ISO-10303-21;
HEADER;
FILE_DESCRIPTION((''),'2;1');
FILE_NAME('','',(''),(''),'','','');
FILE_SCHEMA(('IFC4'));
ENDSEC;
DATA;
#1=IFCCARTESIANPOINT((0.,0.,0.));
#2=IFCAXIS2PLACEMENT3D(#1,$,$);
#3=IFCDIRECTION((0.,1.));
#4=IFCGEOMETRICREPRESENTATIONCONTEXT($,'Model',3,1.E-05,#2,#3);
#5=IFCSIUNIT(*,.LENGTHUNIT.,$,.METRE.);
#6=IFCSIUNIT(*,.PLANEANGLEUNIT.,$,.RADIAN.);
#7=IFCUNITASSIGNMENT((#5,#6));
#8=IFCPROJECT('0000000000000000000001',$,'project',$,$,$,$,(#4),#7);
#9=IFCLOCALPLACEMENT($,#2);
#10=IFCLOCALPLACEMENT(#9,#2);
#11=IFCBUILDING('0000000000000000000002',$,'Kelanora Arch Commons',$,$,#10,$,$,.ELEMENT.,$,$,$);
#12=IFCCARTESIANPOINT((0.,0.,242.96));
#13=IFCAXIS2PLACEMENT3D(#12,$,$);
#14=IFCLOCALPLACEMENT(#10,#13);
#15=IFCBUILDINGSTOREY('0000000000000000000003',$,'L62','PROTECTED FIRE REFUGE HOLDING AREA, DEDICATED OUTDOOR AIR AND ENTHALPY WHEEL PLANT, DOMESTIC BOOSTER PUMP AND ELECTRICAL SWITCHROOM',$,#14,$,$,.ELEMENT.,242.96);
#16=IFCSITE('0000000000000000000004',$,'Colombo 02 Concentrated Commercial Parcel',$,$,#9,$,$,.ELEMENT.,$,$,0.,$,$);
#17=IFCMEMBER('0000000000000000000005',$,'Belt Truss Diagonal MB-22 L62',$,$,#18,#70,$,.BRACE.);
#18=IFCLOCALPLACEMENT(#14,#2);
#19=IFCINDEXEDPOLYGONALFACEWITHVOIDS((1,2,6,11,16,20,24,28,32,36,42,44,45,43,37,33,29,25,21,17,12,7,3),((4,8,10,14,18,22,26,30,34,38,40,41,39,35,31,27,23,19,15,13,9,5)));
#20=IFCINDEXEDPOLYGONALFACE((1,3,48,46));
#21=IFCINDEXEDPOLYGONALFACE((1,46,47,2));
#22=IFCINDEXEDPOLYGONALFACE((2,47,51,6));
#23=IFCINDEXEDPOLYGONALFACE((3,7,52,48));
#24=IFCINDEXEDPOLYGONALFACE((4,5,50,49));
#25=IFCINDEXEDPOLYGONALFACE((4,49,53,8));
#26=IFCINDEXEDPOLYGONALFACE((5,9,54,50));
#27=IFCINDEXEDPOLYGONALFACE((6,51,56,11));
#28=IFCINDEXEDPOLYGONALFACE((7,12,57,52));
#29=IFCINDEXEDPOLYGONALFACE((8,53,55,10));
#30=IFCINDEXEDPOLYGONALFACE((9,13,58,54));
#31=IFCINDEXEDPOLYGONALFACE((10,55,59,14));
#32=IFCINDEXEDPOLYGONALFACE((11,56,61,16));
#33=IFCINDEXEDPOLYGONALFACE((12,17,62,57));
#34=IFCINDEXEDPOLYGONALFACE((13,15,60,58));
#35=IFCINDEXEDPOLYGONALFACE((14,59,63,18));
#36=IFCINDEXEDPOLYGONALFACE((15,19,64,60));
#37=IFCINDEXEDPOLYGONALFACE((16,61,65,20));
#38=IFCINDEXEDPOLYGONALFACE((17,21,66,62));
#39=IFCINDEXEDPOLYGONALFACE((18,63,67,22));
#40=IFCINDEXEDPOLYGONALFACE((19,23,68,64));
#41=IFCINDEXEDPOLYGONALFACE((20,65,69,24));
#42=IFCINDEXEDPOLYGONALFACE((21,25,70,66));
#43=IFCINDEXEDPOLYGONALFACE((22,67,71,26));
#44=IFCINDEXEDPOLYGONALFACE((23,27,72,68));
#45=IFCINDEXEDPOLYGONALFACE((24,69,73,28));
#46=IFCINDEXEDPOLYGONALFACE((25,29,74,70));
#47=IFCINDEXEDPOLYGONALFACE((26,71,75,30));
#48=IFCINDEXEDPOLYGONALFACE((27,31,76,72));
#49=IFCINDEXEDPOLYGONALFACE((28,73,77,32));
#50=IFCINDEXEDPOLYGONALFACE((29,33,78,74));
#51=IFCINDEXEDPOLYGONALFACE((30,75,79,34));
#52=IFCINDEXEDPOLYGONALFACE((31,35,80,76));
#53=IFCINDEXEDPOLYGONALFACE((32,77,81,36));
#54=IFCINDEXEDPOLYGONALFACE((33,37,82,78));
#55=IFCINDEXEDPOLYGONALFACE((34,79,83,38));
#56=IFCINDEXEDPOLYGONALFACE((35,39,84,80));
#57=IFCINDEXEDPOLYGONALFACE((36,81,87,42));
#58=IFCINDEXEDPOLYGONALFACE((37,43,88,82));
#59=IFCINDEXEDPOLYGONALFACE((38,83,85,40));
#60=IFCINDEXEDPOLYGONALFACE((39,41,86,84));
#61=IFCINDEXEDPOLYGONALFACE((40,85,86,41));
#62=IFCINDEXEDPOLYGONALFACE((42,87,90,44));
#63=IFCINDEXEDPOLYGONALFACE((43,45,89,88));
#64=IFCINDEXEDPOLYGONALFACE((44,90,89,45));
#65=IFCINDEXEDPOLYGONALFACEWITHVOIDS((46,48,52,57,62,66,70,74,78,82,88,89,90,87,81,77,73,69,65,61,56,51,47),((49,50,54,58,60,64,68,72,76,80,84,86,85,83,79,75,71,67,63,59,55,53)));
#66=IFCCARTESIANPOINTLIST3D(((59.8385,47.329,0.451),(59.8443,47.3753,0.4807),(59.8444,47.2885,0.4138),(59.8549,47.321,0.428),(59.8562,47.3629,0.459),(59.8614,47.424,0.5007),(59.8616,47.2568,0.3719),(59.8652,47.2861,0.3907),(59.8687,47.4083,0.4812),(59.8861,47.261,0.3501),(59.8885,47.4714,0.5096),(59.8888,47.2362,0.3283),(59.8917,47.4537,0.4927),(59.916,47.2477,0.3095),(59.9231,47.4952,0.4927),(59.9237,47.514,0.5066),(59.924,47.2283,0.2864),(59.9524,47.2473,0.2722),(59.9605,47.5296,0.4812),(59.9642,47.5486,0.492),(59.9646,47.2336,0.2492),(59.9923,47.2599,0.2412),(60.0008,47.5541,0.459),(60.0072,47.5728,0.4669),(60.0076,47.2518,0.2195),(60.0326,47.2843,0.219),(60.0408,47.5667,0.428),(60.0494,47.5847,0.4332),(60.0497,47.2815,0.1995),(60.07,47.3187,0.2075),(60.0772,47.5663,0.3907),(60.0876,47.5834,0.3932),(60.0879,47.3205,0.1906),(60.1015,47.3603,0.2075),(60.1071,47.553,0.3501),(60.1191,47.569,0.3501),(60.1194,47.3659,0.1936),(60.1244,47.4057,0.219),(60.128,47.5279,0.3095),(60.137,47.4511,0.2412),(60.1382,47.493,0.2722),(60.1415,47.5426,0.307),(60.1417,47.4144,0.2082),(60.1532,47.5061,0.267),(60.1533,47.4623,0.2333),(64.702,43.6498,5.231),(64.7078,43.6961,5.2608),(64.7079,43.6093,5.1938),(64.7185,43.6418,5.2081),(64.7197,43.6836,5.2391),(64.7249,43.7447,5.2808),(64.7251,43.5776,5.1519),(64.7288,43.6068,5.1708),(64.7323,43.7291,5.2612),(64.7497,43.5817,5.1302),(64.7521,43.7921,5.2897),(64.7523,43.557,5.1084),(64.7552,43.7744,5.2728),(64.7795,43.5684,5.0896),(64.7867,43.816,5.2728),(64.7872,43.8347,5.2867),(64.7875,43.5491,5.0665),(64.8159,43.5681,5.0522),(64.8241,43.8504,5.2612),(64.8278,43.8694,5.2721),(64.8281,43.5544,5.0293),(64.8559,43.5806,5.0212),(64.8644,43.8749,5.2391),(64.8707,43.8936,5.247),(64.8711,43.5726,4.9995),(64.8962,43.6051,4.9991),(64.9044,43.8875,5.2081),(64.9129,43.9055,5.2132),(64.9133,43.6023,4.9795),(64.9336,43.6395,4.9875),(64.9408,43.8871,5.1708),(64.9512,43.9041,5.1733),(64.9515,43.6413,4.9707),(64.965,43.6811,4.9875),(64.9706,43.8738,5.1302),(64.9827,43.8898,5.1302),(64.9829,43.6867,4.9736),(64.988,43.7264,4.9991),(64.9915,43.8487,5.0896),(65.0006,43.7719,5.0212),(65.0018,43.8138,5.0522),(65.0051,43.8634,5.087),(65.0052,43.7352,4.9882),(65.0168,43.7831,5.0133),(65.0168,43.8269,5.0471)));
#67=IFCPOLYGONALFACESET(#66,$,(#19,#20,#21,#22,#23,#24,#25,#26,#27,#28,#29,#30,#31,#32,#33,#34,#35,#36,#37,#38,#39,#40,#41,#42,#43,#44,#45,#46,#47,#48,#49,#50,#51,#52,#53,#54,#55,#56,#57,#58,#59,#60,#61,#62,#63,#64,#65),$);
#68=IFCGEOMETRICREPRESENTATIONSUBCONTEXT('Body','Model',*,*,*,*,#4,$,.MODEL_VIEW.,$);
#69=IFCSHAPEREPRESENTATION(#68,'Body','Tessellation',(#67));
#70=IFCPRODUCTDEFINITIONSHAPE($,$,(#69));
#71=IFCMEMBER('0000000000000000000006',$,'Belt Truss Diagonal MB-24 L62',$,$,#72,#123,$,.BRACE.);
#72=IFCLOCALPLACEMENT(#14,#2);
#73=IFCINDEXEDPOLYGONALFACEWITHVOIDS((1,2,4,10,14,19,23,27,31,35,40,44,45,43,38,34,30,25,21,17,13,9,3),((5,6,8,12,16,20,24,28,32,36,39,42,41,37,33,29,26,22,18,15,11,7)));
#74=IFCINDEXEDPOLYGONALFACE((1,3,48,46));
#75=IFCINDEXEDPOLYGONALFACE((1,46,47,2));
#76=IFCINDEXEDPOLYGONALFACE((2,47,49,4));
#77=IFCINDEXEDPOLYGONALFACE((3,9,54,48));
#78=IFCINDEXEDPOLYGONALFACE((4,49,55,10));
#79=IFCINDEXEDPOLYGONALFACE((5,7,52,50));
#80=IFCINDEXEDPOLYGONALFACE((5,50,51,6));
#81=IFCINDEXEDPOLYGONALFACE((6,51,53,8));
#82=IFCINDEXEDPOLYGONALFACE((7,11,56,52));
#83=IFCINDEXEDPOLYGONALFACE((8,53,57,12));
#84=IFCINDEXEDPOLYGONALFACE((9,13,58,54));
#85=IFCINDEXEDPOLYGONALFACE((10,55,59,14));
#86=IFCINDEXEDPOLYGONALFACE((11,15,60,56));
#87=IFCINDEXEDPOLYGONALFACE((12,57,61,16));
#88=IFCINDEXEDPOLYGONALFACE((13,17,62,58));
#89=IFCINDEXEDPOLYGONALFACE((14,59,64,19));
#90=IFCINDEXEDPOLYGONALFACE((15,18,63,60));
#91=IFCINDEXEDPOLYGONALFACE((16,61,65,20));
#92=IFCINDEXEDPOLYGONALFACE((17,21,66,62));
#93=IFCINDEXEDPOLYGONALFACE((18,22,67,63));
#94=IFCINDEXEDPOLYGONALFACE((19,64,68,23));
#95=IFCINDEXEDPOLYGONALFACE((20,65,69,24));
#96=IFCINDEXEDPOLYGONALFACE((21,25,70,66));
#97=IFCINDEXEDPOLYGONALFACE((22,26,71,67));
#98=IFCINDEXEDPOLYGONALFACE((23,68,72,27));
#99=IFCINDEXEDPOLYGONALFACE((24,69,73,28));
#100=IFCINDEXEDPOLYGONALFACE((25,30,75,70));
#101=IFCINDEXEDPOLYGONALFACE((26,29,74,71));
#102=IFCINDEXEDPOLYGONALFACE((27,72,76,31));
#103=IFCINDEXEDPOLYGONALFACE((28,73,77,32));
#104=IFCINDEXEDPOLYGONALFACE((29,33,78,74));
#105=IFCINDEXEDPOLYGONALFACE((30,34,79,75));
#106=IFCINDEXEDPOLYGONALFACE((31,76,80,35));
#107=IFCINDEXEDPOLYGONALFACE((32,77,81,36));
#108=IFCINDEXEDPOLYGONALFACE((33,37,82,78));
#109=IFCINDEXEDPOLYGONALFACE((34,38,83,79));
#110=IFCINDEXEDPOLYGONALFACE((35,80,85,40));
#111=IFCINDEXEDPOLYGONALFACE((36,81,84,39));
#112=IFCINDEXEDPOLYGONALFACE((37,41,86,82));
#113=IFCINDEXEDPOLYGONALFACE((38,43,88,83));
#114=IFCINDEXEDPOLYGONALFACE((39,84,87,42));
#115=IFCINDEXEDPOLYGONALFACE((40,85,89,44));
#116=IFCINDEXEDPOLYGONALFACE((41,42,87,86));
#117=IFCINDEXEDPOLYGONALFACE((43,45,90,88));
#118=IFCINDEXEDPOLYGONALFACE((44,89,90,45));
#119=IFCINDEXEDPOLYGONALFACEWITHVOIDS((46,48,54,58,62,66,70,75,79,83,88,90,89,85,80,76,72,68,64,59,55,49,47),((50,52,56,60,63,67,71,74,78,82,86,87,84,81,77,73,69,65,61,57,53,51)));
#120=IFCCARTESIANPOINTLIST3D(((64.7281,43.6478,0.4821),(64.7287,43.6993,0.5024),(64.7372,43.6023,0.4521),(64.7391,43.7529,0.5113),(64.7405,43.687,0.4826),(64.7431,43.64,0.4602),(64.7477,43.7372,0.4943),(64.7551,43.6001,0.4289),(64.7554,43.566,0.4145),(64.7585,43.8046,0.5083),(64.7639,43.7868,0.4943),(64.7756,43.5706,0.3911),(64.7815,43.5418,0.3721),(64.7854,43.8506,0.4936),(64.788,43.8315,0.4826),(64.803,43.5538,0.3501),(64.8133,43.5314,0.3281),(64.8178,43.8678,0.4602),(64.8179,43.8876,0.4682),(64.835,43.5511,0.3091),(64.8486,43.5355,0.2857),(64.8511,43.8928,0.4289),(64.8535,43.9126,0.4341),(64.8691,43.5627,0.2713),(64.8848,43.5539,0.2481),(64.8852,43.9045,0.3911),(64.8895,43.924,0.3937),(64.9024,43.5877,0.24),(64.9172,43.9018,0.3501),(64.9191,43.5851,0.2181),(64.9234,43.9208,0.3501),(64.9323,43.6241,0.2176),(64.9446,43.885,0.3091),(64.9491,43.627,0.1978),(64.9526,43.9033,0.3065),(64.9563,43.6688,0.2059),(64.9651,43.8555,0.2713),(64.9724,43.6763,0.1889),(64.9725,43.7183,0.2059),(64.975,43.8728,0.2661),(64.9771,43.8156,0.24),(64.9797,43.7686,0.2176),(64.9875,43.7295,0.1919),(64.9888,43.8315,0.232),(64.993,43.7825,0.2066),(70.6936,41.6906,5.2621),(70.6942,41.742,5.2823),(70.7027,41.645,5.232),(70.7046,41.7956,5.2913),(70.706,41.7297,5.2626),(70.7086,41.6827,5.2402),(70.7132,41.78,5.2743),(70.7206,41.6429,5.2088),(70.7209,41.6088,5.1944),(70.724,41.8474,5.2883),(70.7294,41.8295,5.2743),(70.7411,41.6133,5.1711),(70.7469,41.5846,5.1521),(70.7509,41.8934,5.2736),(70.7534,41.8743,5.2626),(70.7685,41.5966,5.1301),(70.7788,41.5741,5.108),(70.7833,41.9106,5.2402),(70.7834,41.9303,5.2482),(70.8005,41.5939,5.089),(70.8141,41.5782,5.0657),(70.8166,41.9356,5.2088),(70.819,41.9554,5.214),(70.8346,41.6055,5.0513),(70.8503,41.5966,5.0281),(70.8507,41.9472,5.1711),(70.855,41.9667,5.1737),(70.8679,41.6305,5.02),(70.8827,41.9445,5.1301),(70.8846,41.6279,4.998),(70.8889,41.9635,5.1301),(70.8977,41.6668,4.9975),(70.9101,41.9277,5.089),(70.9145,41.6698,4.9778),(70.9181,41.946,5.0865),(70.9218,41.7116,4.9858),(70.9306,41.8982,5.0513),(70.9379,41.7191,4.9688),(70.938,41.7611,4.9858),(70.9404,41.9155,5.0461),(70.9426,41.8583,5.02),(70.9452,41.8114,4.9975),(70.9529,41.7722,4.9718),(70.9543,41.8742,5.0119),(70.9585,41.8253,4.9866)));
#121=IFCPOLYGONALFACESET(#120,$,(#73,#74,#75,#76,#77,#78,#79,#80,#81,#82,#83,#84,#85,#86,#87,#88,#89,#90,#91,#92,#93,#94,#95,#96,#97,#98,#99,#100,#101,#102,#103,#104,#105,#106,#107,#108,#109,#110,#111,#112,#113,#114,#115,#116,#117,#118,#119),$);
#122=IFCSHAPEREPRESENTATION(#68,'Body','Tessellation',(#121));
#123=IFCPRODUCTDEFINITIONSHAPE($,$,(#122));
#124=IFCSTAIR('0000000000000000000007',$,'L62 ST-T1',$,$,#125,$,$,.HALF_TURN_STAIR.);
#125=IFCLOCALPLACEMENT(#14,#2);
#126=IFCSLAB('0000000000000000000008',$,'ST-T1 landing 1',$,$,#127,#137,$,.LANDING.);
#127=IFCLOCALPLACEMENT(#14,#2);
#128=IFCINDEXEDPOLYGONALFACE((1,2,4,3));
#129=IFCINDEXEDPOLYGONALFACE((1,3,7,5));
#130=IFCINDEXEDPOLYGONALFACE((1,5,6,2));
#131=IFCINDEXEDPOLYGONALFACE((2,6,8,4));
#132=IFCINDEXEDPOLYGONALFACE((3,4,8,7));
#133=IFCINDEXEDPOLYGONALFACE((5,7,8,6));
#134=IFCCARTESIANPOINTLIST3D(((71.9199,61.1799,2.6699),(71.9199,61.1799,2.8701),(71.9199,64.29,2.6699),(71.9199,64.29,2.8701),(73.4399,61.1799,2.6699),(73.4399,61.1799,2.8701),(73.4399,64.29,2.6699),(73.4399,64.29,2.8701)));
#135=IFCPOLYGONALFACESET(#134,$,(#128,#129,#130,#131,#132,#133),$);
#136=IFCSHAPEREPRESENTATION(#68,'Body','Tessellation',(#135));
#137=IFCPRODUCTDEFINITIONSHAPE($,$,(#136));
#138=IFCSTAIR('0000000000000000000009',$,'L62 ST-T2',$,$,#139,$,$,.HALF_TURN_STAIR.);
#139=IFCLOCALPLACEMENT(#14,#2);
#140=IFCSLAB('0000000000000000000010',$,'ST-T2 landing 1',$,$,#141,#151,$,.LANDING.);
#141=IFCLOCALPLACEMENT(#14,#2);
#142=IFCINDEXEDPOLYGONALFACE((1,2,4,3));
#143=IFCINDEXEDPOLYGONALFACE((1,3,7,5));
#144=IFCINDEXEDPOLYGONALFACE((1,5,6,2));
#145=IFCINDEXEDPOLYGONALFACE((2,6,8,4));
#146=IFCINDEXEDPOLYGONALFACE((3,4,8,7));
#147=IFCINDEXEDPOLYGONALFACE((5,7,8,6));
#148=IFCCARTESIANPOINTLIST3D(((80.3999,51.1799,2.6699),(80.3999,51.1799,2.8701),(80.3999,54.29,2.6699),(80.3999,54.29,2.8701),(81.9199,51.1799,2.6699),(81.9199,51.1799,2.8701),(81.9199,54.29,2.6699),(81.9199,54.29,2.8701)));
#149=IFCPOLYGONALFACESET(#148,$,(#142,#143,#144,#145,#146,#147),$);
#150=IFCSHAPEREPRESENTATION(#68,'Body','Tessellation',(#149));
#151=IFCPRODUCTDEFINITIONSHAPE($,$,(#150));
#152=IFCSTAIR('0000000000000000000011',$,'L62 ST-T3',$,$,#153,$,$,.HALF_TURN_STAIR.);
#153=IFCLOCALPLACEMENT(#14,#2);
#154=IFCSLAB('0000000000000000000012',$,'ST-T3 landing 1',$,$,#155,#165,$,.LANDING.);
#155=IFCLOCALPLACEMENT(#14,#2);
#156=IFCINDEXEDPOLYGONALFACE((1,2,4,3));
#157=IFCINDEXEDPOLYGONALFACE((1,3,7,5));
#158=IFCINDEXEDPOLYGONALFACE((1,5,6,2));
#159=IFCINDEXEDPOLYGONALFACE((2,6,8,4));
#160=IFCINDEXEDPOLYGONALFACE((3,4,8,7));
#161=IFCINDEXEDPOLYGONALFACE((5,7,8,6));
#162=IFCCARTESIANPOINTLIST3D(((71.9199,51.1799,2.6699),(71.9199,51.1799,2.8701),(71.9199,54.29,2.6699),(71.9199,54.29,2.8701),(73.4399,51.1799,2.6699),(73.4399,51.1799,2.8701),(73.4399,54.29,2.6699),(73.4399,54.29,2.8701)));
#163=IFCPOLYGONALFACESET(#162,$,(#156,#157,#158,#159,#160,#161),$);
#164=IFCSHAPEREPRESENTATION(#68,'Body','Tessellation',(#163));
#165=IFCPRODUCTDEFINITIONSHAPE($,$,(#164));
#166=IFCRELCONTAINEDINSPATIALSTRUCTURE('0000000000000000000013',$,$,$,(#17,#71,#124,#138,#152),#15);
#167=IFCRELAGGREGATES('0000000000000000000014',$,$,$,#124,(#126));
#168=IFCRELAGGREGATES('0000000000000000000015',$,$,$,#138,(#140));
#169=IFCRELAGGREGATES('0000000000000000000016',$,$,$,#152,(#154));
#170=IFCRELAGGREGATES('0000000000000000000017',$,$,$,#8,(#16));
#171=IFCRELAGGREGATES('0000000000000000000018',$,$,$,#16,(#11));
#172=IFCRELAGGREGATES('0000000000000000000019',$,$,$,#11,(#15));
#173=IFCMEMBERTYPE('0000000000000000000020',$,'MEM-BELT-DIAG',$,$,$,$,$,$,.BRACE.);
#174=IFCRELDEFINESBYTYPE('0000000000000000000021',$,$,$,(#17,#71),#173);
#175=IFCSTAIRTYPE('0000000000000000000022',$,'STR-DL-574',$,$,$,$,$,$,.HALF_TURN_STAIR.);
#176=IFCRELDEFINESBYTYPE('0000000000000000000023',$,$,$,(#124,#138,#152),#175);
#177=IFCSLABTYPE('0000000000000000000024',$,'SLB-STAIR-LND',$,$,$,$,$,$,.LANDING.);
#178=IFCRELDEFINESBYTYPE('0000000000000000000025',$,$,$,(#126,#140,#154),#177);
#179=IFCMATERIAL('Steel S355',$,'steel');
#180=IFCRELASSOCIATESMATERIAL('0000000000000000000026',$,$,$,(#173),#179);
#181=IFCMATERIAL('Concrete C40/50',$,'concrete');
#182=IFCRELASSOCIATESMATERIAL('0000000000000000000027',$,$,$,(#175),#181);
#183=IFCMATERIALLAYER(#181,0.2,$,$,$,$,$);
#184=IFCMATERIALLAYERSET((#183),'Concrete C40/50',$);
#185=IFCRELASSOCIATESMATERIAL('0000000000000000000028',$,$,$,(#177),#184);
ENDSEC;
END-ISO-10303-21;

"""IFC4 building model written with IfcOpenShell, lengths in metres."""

from ifc_helpers import new_model, si_unit, direction, frame, origin, origin_2d, place, context, subcontext, project, spatial, polyline, hollow_circle, outline, extrude, material, layer, layer_set, material_profile, profile_set, type_object, element, aggregate, save


model = new_model("IFC4")

# Units and contexts
model_context = context("Model", 3, precision=1e-05, world=origin(), true_north=direction((0.0, 1.0)))
body_context = subcontext(model_context, "Body", "Model", "MODEL_VIEW")
ifc_project = project(units=[si_unit("LENGTHUNIT", "METRE"), si_unit("PLANEANGLEUNIT", "RADIAN")], contexts=[model_context])

# Site, building, storey
site_placement = place(None, origin())
site = spatial("IfcSite", under=ifc_project, at=site_placement, Name="Colombo 02 Concentrated Commercial Parcel", CompositionType="ELEMENT", RefElevation=0.0)
building_placement = place(site_placement, origin())
building = spatial("IfcBuilding", under=site, at=building_placement, Name="Kelanora Arch Commons", CompositionType="ELEMENT")
storey_placement = place(building_placement, frame((0.0, 0.0, 242.96)))
storey = spatial("IfcBuildingStorey", under=building, at=storey_placement, Name="L62", Description="PROTECTED FIRE REFUGE HOLDING AREA, DEDICATED OUTDOOR AIR AND ENTHALPY WHEEL PLANT, DOMESTIC BOOSTER PUMP AND ELECTRICAL SWITCHROOM", CompositionType="ELEMENT", Elevation=242.96)

# Shared definitions
ifc_material_1 = material(Name="Steel S355", Category="steel")

# Members
ifc_material_profile_1 = material_profile(ifc_material_1, hollow_circle(Radius=0.2031, WallThickness=0.02, at=origin_2d()), Name="CHS406.4x20")
ifc_profile_set_1 = profile_set([ifc_material_profile_1], Name="Steel S355")
member_type = type_object("IfcMemberType", Name="MEM-BELT-DIAG", PredefinedType="BRACE", material=ifc_profile_set_1)
member_1_placement = place(storey_placement, frame((59.9966, 47.407, 0.3501), z_axis=(0.627674, -0.474828, 0.616898), x_axis=(0.603306, 0.797509, 0.0)))
element("IfcMember", 1, at=member_1_placement, inside=storey, type_object=member_type, Name="Belt Truss Diagonal MB-22 L62", PredefinedType="BRACE", context=body_context, shape_type="SweptSolid", body=[
    extrude(hollow_circle(Radius=0.2031, WallThickness=0.02, at=origin_2d()), origin(), (0.0, 0.0, 1.0), 7.7485),
])
member_2_placement = place(storey_placement, frame((64.8601, 43.7278, 0.3501), z_axis=(0.755999, -0.248039, 0.605758), x_axis=(0.311745, 0.950166, 0.0)))
element("IfcMember", 2, at=member_2_placement, inside=storey, type_object=member_type, Name="Belt Truss Diagonal MB-24 L62", PredefinedType="BRACE", context=body_context, shape_type="SweptSolid", body=[
    extrude(hollow_circle(Radius=0.2031, WallThickness=0.02, at=origin_2d()), origin(), (0.0, 0.0, 1.0), 7.8909),
])

# Stairs, slabs
ifc_material_2 = material(Name="Concrete C40/50", Category="concrete")
stair_type = type_object("IfcStairType", Name="STR-DL-574", PredefinedType="HALF_TURN_STAIR", material=ifc_material_2)
stair_1_placement = place(storey_placement, origin())
stair_1 = element("IfcStair", 3, at=stair_1_placement, inside=storey, type_object=stair_type, Name="L62 ST-T1", PredefinedType="HALF_TURN_STAIR")
ifc_layer_1 = layer(ifc_material_2, 0.2)
ifc_layer_set_1 = layer_set([ifc_layer_1], Name="Concrete C40/50")
slab_type_1 = type_object("IfcSlabType", Name="SLB-STAIR-LND", PredefinedType="LANDING", material=ifc_layer_set_1)
slab_1_placement = place(storey_placement, frame((0.0, 0.0, 2.6699)))
slab_1 = element("IfcSlab", 4, at=slab_1_placement, type_object=slab_type_1, Name="ST-T1 landing 1", PredefinedType="LANDING", context=body_context, shape_type="SweptSolid", body=[
    extrude(outline(polyline([(71.9199, 61.1799), (73.4399, 61.1799), (73.4399, 64.29), (71.9199, 64.29), (71.9199, 61.1799)])), origin(), (0.0, 0.0, 1.0), 0.2002),
])
aggregate(stair_1, [slab_1])
stair_2_placement = place(storey_placement, origin())
stair_2 = element("IfcStair", 5, at=stair_2_placement, inside=storey, type_object=stair_type, Name="L62 ST-T2", PredefinedType="HALF_TURN_STAIR")
slab_2_placement = place(storey_placement, frame((0.0, 0.0, 2.6699)))
slab_2 = element("IfcSlab", 6, at=slab_2_placement, type_object=slab_type_1, Name="ST-T2 landing 1", PredefinedType="LANDING", context=body_context, shape_type="SweptSolid", body=[
    extrude(outline(polyline([(80.3999, 51.1799), (81.9199, 51.1799), (81.9199, 54.29), (80.3999, 54.29), (80.3999, 51.1799)])), origin(), (0.0, 0.0, 1.0), 0.2002),
])
aggregate(stair_2, [slab_2])
stair_3_placement = place(storey_placement, origin())
stair_3 = element("IfcStair", 7, at=stair_3_placement, inside=storey, type_object=stair_type, Name="L62 ST-T3", PredefinedType="HALF_TURN_STAIR")
slab_3_placement = place(storey_placement, frame((0.0, 0.0, 2.6699)))
slab_3 = element("IfcSlab", 8, at=slab_3_placement, type_object=slab_type_1, Name="ST-T3 landing 1", PredefinedType="LANDING", context=body_context, shape_type="SweptSolid", body=[
    extrude(outline(polyline([(71.9199, 51.1799), (73.4399, 51.1799), (73.4399, 54.29), (71.9199, 54.29), (71.9199, 51.1799)])), origin(), (0.0, 0.0, 1.0), 0.2002),
])
aggregate(stair_3, [slab_3])

save(model, "model.ifc")
